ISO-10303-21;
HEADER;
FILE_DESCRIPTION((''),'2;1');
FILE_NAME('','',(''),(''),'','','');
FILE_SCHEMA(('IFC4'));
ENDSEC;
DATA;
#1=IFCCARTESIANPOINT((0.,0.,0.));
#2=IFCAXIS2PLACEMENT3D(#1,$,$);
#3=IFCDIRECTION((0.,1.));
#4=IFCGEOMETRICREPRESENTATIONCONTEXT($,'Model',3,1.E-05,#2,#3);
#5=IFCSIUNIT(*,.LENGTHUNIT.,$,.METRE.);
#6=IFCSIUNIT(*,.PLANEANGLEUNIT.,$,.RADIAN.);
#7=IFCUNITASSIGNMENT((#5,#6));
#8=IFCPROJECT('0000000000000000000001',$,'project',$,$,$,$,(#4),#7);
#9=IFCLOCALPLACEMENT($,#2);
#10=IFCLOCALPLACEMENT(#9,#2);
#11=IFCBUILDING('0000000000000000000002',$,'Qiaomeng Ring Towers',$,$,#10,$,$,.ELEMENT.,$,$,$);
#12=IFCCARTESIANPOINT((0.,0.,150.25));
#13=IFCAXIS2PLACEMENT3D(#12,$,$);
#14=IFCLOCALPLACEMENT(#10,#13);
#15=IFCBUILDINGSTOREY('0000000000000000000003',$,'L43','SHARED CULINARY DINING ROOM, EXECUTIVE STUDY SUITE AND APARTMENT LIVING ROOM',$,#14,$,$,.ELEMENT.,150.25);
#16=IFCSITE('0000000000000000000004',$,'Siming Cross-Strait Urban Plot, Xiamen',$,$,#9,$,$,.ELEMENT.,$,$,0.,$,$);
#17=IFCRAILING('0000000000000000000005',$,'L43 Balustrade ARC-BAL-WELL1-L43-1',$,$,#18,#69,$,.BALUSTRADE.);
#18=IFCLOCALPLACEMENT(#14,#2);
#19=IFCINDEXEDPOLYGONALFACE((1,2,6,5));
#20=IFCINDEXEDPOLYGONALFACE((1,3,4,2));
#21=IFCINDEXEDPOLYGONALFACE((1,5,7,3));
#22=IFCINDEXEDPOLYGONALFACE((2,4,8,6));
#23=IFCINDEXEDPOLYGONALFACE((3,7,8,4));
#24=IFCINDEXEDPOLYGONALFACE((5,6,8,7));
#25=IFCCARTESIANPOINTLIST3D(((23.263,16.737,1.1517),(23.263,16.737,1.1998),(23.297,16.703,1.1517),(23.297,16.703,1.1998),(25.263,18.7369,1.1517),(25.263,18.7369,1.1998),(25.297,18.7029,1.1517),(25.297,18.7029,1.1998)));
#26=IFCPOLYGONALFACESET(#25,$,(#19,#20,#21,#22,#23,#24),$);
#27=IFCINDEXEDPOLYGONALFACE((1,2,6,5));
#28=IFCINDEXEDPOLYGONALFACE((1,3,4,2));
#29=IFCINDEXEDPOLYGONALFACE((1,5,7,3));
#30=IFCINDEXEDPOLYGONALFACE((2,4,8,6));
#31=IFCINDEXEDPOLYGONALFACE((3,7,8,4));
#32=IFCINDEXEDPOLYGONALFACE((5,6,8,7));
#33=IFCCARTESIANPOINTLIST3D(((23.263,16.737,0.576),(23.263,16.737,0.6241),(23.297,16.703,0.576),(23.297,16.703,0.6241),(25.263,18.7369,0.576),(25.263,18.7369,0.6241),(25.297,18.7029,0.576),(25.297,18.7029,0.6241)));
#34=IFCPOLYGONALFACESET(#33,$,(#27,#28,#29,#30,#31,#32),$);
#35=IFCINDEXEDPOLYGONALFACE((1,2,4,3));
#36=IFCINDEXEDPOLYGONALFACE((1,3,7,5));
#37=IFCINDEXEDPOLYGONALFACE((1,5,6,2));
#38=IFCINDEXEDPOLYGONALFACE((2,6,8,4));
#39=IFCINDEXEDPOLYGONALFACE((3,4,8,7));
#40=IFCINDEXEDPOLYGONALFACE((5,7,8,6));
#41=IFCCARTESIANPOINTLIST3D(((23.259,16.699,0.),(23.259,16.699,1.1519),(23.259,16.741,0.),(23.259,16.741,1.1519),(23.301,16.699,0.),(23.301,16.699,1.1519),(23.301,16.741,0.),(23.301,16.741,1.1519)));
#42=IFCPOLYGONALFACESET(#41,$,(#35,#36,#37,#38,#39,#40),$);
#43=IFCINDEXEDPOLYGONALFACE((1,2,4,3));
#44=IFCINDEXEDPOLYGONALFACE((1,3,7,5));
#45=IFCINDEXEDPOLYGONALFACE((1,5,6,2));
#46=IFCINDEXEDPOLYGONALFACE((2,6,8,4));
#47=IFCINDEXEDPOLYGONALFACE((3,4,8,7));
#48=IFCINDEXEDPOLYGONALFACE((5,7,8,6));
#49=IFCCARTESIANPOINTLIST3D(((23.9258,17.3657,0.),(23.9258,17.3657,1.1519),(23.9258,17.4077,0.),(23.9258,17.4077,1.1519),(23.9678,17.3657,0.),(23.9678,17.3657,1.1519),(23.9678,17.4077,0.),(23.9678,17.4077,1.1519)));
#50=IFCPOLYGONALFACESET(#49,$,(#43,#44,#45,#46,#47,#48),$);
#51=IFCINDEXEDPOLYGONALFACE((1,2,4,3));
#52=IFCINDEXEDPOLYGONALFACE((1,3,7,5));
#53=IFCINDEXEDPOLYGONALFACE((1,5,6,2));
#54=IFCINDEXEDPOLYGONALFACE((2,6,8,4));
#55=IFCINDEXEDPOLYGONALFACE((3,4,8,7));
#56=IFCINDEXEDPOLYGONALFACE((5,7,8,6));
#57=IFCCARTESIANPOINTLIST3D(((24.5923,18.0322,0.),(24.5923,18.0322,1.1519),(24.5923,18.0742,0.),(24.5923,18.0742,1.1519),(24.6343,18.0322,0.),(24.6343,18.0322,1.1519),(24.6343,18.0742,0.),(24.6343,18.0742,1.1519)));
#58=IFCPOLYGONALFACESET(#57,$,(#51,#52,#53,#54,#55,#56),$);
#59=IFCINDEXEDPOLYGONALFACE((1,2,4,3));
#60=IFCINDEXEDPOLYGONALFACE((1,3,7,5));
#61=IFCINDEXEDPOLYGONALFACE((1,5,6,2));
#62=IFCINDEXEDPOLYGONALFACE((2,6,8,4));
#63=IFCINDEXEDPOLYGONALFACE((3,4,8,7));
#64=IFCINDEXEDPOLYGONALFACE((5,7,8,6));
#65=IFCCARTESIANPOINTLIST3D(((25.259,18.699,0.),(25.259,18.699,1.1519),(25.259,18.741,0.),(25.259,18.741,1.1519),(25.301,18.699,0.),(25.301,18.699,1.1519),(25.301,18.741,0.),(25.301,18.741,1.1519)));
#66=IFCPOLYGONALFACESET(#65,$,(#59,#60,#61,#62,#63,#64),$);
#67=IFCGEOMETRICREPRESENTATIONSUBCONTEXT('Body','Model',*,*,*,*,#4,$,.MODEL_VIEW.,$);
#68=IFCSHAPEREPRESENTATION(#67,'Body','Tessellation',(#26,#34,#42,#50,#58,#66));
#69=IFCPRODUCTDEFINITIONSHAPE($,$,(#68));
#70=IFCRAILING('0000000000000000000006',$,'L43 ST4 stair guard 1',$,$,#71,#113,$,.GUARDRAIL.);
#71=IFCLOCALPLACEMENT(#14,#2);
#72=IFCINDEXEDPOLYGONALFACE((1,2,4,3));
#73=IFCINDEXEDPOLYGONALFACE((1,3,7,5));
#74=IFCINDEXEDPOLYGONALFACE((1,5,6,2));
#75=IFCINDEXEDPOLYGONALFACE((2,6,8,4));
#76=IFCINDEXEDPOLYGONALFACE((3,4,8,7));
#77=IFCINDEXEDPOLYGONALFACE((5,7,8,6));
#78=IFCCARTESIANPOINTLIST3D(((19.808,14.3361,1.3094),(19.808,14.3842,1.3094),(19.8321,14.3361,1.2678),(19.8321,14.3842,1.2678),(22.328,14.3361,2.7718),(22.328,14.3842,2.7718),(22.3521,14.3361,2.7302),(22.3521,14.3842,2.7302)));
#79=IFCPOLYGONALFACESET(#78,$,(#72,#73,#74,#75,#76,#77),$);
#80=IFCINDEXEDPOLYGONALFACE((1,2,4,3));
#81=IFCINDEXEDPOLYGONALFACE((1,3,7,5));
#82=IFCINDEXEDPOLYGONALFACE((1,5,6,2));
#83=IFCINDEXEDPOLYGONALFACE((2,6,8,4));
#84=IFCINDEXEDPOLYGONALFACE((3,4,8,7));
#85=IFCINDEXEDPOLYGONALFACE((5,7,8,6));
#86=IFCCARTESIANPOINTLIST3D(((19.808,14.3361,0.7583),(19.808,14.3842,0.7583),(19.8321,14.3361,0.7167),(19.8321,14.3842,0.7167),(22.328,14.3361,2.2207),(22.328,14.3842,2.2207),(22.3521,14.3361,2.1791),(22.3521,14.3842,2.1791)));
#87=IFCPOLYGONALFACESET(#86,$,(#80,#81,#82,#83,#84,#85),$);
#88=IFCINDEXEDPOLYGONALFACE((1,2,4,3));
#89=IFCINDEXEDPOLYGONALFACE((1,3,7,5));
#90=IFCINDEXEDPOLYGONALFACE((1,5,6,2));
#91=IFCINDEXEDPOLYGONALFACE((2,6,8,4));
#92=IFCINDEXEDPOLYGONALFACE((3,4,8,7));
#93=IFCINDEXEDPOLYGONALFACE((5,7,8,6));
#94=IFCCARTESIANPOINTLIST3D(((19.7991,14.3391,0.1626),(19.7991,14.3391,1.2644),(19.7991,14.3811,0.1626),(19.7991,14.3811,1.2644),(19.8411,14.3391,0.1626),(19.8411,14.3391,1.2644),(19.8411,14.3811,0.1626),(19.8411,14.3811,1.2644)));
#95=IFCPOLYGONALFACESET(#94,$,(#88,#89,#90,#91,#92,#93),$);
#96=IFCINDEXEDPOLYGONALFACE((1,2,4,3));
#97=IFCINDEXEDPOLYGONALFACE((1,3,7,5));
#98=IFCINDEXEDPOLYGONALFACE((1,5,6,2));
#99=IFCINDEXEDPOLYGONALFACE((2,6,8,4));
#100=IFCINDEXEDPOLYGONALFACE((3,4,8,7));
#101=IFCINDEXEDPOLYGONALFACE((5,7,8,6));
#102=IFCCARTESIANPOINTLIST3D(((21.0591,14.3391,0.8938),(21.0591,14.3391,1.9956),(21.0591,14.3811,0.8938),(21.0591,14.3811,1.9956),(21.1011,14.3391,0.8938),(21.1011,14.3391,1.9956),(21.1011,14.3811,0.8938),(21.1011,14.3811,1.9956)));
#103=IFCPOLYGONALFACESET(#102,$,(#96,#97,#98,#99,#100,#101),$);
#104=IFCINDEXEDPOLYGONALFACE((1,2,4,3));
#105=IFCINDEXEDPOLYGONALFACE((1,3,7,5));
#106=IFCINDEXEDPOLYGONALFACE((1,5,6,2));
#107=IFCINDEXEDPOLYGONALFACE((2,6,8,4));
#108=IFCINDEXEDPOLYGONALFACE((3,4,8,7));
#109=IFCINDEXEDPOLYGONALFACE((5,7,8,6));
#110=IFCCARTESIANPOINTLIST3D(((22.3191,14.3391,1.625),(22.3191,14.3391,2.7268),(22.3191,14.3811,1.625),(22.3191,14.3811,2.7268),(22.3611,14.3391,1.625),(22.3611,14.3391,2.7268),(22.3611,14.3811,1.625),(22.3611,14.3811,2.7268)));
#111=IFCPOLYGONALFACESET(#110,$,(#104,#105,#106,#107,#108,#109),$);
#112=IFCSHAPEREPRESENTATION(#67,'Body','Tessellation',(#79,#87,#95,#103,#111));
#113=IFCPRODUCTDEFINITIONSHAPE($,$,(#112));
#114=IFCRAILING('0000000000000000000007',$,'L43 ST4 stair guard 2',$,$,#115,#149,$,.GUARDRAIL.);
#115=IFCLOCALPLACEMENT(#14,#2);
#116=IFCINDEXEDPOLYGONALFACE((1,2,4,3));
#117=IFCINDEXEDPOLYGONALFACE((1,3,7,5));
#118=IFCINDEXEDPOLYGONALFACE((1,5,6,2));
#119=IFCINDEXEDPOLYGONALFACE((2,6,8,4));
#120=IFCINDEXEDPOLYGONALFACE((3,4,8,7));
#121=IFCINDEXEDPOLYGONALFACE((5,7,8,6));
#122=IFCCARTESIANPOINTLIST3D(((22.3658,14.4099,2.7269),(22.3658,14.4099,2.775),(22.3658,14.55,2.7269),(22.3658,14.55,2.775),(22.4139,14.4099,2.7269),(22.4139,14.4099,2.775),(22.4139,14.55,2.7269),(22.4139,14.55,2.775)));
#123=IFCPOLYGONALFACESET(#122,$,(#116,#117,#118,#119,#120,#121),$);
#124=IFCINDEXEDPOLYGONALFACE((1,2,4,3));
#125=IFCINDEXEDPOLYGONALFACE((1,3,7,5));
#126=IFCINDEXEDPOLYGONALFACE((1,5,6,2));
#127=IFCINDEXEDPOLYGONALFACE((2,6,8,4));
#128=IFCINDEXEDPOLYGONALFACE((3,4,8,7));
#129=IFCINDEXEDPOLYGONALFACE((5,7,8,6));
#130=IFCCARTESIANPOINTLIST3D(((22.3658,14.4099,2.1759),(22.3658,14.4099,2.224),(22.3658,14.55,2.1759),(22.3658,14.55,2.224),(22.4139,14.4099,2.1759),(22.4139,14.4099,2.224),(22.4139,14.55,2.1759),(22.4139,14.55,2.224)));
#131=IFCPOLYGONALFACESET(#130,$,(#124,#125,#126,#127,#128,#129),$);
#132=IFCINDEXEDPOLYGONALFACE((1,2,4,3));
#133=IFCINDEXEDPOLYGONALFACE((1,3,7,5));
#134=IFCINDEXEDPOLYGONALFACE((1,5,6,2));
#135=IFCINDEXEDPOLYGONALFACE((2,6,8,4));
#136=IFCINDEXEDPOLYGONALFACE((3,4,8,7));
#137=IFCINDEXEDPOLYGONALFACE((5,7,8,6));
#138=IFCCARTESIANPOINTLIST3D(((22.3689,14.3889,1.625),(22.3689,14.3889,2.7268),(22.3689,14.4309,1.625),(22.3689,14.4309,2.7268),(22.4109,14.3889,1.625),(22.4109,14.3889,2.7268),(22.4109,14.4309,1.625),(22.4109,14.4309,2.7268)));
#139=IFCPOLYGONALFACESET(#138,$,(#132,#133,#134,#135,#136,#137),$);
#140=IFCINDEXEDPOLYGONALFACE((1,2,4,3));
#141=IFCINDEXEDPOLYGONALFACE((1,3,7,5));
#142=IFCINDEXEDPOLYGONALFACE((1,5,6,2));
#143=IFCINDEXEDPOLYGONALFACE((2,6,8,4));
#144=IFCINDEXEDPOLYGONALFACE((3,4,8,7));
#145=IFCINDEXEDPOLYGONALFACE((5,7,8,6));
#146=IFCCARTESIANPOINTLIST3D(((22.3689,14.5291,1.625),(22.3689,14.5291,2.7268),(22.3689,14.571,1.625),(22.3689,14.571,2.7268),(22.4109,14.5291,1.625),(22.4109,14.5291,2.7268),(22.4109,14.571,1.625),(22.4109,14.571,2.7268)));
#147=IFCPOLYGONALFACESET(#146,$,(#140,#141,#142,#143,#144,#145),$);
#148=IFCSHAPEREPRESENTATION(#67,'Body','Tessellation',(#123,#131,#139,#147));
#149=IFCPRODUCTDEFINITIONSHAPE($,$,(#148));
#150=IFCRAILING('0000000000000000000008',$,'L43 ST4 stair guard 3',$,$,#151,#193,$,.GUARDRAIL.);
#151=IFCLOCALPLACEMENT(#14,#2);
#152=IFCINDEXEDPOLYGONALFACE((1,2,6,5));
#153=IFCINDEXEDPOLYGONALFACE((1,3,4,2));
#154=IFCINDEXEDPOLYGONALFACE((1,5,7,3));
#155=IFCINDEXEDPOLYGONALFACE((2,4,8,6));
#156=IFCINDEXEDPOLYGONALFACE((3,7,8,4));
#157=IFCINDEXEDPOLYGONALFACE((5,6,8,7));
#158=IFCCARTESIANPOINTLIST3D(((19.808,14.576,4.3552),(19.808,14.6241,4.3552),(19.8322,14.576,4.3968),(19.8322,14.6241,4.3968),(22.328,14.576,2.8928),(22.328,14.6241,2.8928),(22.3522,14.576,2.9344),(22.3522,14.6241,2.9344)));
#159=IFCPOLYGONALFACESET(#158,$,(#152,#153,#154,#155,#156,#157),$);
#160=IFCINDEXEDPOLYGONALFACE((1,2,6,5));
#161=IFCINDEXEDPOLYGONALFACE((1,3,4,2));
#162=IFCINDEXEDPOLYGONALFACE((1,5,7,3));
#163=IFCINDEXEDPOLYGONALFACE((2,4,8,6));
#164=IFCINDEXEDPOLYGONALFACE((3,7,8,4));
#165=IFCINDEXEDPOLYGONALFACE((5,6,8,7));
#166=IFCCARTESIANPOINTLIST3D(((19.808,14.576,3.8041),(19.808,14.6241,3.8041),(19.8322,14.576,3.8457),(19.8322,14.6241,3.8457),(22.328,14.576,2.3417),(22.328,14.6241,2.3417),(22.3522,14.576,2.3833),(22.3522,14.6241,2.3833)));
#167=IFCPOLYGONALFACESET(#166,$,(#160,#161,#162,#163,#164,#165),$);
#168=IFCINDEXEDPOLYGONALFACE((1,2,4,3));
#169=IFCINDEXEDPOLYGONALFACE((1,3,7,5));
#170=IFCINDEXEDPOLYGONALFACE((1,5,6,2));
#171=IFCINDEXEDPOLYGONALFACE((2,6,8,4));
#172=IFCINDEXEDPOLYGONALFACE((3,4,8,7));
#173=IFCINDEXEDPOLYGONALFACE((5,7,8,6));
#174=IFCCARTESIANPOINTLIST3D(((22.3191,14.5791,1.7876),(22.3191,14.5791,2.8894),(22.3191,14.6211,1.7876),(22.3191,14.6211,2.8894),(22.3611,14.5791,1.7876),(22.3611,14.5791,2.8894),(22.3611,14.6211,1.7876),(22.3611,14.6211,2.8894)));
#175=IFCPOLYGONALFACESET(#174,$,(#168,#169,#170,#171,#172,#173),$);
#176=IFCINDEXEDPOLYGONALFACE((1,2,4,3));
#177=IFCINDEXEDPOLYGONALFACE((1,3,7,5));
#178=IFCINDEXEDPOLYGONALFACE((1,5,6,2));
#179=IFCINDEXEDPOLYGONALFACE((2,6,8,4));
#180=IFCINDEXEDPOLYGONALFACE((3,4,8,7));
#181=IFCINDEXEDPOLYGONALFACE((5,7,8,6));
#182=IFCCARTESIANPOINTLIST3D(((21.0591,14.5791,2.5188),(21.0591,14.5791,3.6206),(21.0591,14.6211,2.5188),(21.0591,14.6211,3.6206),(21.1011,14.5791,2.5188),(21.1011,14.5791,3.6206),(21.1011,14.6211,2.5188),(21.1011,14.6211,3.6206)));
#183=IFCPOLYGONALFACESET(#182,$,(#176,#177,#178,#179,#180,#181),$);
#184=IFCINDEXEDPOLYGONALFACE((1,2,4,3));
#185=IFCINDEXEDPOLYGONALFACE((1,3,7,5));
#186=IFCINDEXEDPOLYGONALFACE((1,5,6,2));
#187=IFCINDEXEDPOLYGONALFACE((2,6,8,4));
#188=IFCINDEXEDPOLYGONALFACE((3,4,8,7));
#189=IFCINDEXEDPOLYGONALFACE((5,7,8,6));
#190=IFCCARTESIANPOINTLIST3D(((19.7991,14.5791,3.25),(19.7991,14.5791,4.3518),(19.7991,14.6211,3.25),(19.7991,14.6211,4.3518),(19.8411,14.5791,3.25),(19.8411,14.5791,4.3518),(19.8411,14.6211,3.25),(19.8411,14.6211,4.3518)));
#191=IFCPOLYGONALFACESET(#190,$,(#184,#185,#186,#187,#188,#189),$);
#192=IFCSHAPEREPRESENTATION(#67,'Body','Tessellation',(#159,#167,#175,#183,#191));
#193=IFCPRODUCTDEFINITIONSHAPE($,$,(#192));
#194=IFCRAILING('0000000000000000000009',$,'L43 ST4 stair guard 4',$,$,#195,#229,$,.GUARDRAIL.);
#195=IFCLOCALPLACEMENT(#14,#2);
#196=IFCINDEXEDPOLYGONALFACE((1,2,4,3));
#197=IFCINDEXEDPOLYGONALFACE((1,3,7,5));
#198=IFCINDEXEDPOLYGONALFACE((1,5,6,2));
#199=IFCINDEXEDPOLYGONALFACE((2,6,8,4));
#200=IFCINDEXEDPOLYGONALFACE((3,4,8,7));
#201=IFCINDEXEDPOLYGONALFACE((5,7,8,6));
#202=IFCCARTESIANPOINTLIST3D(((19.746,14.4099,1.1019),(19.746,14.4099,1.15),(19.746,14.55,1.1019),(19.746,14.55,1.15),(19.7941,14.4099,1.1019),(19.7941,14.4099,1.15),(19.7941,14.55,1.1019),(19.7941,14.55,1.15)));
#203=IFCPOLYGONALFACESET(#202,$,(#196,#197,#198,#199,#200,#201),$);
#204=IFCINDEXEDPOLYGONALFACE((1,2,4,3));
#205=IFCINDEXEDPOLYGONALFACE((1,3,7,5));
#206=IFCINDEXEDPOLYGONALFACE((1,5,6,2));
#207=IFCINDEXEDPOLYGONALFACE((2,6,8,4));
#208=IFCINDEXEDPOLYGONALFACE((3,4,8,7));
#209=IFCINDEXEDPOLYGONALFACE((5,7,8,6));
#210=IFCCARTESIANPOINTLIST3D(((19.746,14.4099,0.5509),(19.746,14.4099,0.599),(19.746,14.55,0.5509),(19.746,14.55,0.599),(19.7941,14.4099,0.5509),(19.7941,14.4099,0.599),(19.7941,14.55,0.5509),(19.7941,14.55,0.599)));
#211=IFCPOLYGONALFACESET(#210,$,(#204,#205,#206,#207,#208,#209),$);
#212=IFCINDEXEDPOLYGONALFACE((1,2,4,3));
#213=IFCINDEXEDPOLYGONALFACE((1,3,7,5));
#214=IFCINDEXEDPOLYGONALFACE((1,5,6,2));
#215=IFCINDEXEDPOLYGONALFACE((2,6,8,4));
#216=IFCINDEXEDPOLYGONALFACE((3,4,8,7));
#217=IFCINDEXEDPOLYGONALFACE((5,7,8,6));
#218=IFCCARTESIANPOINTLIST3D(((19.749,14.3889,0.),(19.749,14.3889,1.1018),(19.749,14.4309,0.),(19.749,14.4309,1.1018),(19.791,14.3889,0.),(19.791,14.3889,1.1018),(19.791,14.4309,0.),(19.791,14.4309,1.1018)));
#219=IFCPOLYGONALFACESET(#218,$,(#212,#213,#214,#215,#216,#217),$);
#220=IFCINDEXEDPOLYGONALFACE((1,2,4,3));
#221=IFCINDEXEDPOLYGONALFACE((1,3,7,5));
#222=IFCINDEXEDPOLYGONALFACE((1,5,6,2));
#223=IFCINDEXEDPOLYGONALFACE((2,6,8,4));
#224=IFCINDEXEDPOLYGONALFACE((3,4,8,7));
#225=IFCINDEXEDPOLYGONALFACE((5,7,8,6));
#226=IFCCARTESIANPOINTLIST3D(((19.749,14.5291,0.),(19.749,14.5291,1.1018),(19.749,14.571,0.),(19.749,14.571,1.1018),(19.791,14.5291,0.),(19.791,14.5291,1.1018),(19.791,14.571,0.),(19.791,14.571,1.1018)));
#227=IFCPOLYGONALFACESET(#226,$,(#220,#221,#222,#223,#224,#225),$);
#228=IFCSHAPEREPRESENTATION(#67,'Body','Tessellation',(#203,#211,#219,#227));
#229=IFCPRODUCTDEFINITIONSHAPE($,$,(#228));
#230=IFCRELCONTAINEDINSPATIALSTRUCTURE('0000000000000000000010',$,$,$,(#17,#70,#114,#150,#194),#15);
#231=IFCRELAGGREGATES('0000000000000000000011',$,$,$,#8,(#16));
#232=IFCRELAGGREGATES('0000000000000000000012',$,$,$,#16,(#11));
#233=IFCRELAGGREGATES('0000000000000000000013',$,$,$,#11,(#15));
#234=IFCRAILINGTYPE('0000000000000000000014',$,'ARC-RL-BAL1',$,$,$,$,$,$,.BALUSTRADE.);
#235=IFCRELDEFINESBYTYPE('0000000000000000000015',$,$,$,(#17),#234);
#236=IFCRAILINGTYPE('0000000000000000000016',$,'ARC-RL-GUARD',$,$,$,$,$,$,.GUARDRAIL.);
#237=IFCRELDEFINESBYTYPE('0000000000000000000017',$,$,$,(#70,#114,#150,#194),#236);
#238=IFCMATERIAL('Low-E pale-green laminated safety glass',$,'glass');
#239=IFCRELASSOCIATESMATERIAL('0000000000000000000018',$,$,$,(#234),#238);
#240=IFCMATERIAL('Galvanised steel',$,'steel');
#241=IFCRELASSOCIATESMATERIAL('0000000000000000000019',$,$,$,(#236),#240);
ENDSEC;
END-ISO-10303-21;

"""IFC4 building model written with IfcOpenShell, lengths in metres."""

from ifc_helpers import new_model, si_unit, direction, frame, origin, origin_2d, place, context, subcontext, project, spatial, rectangle, extrude, material, type_object, element, save


model = new_model("IFC4")

# Units and contexts
model_context = context("Model", 3, precision=1e-05, world=origin(), true_north=direction((0.0, 1.0)))
body_context = subcontext(model_context, "Body", "Model", "MODEL_VIEW")
ifc_project = project(units=[si_unit("LENGTHUNIT", "METRE"), si_unit("PLANEANGLEUNIT", "RADIAN")], contexts=[model_context])

# Site, building, storey
site_placement = place(None, origin())
site = spatial("IfcSite", under=ifc_project, at=site_placement, Name="Siming Cross-Strait Urban Plot, Xiamen", CompositionType="ELEMENT", RefElevation=0.0)
building_placement = place(site_placement, origin())
building = spatial("IfcBuilding", under=site, at=building_placement, Name="Qiaomeng Ring Towers", CompositionType="ELEMENT")
storey_placement = place(building_placement, frame((0.0, 0.0, 150.25)))
storey = spatial("IfcBuildingStorey", under=building, at=storey_placement, Name="L43", Description="SHARED CULINARY DINING ROOM, EXECUTIVE STUDY SUITE AND APARTMENT LIVING ROOM", CompositionType="ELEMENT", Elevation=150.25)

# Shared definitions
ifc_material_1 = material(Name="Galvanised steel", Category="steel")

# Railings
ifc_material_2 = material(Name="Low-E pale-green laminated safety glass", Category="glass")
railing_type_1 = type_object("IfcRailingType", Name="ARC-RL-BAL1", PredefinedType="BALUSTRADE", material=ifc_material_2)
railing_1_placement = place(storey_placement, frame((23.28, 16.72, 0.0)))
element("IfcRailing", 1, at=railing_1_placement, inside=storey, type_object=railing_type_1, Name="L43 Balustrade ARC-BAL-WELL1-L43-1", PredefinedType="BALUSTRADE", context=body_context, shape_type="SweptSolid", body=[
    extrude(rectangle(XDim=0.0481, YDim=0.0481, at=origin_2d()), frame((0.0, 0.0, 1.1758), z_axis=(0.707107, 0.707107, 0.0), x_axis=(-0.707107, 0.707107, 0.0)), (0.0, 0.0, 1.0), 2.8284),
    extrude(rectangle(XDim=0.0481, YDim=0.0481, at=origin_2d()), frame((0.0, 0.0, 0.6001), z_axis=(0.707107, 0.707107, 0.0), x_axis=(-0.707107, 0.707107, 0.0)), (0.0, 0.0, 1.0), 2.8284),
    extrude(rectangle(XDim=0.042, YDim=0.042, at=origin_2d()), origin(), (0.0, 0.0, 1.0), 1.1519),
    extrude(rectangle(XDim=0.042, YDim=0.042, at=origin_2d()), frame((0.6667, 0.6667, 0.0)), (0.0, 0.0, 1.0), 1.1519),
    extrude(rectangle(XDim=0.042, YDim=0.042, at=origin_2d()), frame((1.3333, 1.3333, 0.0)), (0.0, 0.0, 1.0), 1.1519),
    extrude(rectangle(XDim=0.042, YDim=0.042, at=origin_2d()), frame((2.0, 2.0, 0.0)), (0.0, 0.0, 1.0), 1.1519),
])
railing_type_2 = type_object("IfcRailingType", Name="ARC-RL-GUARD", PredefinedType="GUARDRAIL", material=ifc_material_1)
railing_2_placement = place(storey_placement, frame((19.8201, 14.3601, 0.1626)))
element("IfcRailing", 2, at=railing_2_placement, inside=storey, type_object=railing_type_2, Name="L43 ST4 stair guard 1", PredefinedType="GUARDRAIL", context=body_context, shape_type="SweptSolid", body=[
    extrude(rectangle(XDim=0.0481, YDim=0.0481, at=origin_2d()), frame((0.0, 0.0, 1.126), z_axis=(0.864913, 0.0, 0.501921), x_axis=(0.0, 1.0, 0.0)), (0.0, 0.0, 1.0), 2.9136),
    extrude(rectangle(XDim=0.0481, YDim=0.0481, at=origin_2d()), frame((0.0, 0.0, 0.575), z_axis=(0.864913, 0.0, 0.501921), x_axis=(0.0, 1.0, 0.0)), (0.0, 0.0, 1.0), 2.9136),
    extrude(rectangle(XDim=0.042, YDim=0.042, at=origin_2d()), origin(), (0.0, 0.0, 1.0), 1.1018),
    extrude(rectangle(XDim=0.042, YDim=0.042, at=origin_2d()), frame((1.26, 0.0, 0.7312)), (0.0, 0.0, 1.0), 1.1018),
    extrude(rectangle(XDim=0.042, YDim=0.042, at=origin_2d()), frame((2.52, 0.0, 1.4624)), (0.0, 0.0, 1.0), 1.1018),
])
railing_3_placement = place(storey_placement, frame((22.3899, 14.4099, 1.625)))
element("IfcRailing", 3, at=railing_3_placement, inside=storey, type_object=railing_type_2, Name="L43 ST4 stair guard 2", PredefinedType="GUARDRAIL", context=body_context, shape_type="SweptSolid", body=[
    extrude(rectangle(XDim=0.0481, YDim=0.0481, at=origin_2d()), frame((0.0, 0.0, 1.126), z_axis=(0.0, 1.0, 0.0), x_axis=(-1.0, 0.0, 0.0)), (0.0, 0.0, 1.0), 0.1401),
    extrude(rectangle(XDim=0.0481, YDim=0.0481, at=origin_2d()), frame((0.0, 0.0, 0.575), z_axis=(0.0, 1.0, 0.0), x_axis=(-1.0, 0.0, 0.0)), (0.0, 0.0, 1.0), 0.1401),
    extrude(rectangle(XDim=0.042, YDim=0.042, at=origin_2d()), origin(), (0.0, 0.0, 1.0), 1.1018),
    extrude(rectangle(XDim=0.042, YDim=0.042, at=origin_2d()), frame((0.0, 0.1401, 0.0)), (0.0, 0.0, 1.0), 1.1018),
])
railing_4_placement = place(storey_placement, frame((22.3401, 14.6001, 1.7876)))
element("IfcRailing", 4, at=railing_4_placement, inside=storey, type_object=railing_type_2, Name="L43 ST4 stair guard 3", PredefinedType="GUARDRAIL", context=body_context, shape_type="SweptSolid", body=[
    extrude(rectangle(XDim=0.0481, YDim=0.0481, at=origin_2d()), frame((0.0, 0.0, 1.126), z_axis=(-0.864913, 0.0, 0.501921), x_axis=(0.0, -1.0, 0.0)), (0.0, 0.0, 1.0), 2.9136),
    extrude(rectangle(XDim=0.0481, YDim=0.0481, at=origin_2d()), frame((0.0, 0.0, 0.575), z_axis=(-0.864913, 0.0, 0.501921), x_axis=(0.0, -1.0, 0.0)), (0.0, 0.0, 1.0), 2.9136),
    extrude(rectangle(XDim=0.042, YDim=0.042, at=origin_2d()), origin(), (0.0, 0.0, 1.0), 1.1018),
    extrude(rectangle(XDim=0.042, YDim=0.042, at=origin_2d()), frame((-1.26, 0.0, 0.7312)), (0.0, 0.0, 1.0), 1.1018),
    extrude(rectangle(XDim=0.042, YDim=0.042, at=origin_2d()), frame((-2.52, 0.0, 1.4624)), (0.0, 0.0, 1.0), 1.1018),
])
railing_5_placement = place(storey_placement, frame((19.77, 14.4099, 0.0)))
element("IfcRailing", 5, at=railing_5_placement, inside=storey, type_object=railing_type_2, Name="L43 ST4 stair guard 4", PredefinedType="GUARDRAIL", context=body_context, shape_type="SweptSolid", body=[
    extrude(rectangle(XDim=0.0481, YDim=0.0481, at=origin_2d()), frame((0.0, 0.0, 1.126), z_axis=(0.0, 1.0, 0.0), x_axis=(-1.0, 0.0, 0.0)), (0.0, 0.0, 1.0), 0.1401),
    extrude(rectangle(XDim=0.0481, YDim=0.0481, at=origin_2d()), frame((0.0, 0.0, 0.575), z_axis=(0.0, 1.0, 0.0), x_axis=(-1.0, 0.0, 0.0)), (0.0, 0.0, 1.0), 0.1401),
    extrude(rectangle(XDim=0.042, YDim=0.042, at=origin_2d()), origin(), (0.0, 0.0, 1.0), 1.1018),
    extrude(rectangle(XDim=0.042, YDim=0.042, at=origin_2d()), frame((0.0, 0.1401, 0.0)), (0.0, 0.0, 1.0), 1.1018),
])

save(model, "model.ifc")
